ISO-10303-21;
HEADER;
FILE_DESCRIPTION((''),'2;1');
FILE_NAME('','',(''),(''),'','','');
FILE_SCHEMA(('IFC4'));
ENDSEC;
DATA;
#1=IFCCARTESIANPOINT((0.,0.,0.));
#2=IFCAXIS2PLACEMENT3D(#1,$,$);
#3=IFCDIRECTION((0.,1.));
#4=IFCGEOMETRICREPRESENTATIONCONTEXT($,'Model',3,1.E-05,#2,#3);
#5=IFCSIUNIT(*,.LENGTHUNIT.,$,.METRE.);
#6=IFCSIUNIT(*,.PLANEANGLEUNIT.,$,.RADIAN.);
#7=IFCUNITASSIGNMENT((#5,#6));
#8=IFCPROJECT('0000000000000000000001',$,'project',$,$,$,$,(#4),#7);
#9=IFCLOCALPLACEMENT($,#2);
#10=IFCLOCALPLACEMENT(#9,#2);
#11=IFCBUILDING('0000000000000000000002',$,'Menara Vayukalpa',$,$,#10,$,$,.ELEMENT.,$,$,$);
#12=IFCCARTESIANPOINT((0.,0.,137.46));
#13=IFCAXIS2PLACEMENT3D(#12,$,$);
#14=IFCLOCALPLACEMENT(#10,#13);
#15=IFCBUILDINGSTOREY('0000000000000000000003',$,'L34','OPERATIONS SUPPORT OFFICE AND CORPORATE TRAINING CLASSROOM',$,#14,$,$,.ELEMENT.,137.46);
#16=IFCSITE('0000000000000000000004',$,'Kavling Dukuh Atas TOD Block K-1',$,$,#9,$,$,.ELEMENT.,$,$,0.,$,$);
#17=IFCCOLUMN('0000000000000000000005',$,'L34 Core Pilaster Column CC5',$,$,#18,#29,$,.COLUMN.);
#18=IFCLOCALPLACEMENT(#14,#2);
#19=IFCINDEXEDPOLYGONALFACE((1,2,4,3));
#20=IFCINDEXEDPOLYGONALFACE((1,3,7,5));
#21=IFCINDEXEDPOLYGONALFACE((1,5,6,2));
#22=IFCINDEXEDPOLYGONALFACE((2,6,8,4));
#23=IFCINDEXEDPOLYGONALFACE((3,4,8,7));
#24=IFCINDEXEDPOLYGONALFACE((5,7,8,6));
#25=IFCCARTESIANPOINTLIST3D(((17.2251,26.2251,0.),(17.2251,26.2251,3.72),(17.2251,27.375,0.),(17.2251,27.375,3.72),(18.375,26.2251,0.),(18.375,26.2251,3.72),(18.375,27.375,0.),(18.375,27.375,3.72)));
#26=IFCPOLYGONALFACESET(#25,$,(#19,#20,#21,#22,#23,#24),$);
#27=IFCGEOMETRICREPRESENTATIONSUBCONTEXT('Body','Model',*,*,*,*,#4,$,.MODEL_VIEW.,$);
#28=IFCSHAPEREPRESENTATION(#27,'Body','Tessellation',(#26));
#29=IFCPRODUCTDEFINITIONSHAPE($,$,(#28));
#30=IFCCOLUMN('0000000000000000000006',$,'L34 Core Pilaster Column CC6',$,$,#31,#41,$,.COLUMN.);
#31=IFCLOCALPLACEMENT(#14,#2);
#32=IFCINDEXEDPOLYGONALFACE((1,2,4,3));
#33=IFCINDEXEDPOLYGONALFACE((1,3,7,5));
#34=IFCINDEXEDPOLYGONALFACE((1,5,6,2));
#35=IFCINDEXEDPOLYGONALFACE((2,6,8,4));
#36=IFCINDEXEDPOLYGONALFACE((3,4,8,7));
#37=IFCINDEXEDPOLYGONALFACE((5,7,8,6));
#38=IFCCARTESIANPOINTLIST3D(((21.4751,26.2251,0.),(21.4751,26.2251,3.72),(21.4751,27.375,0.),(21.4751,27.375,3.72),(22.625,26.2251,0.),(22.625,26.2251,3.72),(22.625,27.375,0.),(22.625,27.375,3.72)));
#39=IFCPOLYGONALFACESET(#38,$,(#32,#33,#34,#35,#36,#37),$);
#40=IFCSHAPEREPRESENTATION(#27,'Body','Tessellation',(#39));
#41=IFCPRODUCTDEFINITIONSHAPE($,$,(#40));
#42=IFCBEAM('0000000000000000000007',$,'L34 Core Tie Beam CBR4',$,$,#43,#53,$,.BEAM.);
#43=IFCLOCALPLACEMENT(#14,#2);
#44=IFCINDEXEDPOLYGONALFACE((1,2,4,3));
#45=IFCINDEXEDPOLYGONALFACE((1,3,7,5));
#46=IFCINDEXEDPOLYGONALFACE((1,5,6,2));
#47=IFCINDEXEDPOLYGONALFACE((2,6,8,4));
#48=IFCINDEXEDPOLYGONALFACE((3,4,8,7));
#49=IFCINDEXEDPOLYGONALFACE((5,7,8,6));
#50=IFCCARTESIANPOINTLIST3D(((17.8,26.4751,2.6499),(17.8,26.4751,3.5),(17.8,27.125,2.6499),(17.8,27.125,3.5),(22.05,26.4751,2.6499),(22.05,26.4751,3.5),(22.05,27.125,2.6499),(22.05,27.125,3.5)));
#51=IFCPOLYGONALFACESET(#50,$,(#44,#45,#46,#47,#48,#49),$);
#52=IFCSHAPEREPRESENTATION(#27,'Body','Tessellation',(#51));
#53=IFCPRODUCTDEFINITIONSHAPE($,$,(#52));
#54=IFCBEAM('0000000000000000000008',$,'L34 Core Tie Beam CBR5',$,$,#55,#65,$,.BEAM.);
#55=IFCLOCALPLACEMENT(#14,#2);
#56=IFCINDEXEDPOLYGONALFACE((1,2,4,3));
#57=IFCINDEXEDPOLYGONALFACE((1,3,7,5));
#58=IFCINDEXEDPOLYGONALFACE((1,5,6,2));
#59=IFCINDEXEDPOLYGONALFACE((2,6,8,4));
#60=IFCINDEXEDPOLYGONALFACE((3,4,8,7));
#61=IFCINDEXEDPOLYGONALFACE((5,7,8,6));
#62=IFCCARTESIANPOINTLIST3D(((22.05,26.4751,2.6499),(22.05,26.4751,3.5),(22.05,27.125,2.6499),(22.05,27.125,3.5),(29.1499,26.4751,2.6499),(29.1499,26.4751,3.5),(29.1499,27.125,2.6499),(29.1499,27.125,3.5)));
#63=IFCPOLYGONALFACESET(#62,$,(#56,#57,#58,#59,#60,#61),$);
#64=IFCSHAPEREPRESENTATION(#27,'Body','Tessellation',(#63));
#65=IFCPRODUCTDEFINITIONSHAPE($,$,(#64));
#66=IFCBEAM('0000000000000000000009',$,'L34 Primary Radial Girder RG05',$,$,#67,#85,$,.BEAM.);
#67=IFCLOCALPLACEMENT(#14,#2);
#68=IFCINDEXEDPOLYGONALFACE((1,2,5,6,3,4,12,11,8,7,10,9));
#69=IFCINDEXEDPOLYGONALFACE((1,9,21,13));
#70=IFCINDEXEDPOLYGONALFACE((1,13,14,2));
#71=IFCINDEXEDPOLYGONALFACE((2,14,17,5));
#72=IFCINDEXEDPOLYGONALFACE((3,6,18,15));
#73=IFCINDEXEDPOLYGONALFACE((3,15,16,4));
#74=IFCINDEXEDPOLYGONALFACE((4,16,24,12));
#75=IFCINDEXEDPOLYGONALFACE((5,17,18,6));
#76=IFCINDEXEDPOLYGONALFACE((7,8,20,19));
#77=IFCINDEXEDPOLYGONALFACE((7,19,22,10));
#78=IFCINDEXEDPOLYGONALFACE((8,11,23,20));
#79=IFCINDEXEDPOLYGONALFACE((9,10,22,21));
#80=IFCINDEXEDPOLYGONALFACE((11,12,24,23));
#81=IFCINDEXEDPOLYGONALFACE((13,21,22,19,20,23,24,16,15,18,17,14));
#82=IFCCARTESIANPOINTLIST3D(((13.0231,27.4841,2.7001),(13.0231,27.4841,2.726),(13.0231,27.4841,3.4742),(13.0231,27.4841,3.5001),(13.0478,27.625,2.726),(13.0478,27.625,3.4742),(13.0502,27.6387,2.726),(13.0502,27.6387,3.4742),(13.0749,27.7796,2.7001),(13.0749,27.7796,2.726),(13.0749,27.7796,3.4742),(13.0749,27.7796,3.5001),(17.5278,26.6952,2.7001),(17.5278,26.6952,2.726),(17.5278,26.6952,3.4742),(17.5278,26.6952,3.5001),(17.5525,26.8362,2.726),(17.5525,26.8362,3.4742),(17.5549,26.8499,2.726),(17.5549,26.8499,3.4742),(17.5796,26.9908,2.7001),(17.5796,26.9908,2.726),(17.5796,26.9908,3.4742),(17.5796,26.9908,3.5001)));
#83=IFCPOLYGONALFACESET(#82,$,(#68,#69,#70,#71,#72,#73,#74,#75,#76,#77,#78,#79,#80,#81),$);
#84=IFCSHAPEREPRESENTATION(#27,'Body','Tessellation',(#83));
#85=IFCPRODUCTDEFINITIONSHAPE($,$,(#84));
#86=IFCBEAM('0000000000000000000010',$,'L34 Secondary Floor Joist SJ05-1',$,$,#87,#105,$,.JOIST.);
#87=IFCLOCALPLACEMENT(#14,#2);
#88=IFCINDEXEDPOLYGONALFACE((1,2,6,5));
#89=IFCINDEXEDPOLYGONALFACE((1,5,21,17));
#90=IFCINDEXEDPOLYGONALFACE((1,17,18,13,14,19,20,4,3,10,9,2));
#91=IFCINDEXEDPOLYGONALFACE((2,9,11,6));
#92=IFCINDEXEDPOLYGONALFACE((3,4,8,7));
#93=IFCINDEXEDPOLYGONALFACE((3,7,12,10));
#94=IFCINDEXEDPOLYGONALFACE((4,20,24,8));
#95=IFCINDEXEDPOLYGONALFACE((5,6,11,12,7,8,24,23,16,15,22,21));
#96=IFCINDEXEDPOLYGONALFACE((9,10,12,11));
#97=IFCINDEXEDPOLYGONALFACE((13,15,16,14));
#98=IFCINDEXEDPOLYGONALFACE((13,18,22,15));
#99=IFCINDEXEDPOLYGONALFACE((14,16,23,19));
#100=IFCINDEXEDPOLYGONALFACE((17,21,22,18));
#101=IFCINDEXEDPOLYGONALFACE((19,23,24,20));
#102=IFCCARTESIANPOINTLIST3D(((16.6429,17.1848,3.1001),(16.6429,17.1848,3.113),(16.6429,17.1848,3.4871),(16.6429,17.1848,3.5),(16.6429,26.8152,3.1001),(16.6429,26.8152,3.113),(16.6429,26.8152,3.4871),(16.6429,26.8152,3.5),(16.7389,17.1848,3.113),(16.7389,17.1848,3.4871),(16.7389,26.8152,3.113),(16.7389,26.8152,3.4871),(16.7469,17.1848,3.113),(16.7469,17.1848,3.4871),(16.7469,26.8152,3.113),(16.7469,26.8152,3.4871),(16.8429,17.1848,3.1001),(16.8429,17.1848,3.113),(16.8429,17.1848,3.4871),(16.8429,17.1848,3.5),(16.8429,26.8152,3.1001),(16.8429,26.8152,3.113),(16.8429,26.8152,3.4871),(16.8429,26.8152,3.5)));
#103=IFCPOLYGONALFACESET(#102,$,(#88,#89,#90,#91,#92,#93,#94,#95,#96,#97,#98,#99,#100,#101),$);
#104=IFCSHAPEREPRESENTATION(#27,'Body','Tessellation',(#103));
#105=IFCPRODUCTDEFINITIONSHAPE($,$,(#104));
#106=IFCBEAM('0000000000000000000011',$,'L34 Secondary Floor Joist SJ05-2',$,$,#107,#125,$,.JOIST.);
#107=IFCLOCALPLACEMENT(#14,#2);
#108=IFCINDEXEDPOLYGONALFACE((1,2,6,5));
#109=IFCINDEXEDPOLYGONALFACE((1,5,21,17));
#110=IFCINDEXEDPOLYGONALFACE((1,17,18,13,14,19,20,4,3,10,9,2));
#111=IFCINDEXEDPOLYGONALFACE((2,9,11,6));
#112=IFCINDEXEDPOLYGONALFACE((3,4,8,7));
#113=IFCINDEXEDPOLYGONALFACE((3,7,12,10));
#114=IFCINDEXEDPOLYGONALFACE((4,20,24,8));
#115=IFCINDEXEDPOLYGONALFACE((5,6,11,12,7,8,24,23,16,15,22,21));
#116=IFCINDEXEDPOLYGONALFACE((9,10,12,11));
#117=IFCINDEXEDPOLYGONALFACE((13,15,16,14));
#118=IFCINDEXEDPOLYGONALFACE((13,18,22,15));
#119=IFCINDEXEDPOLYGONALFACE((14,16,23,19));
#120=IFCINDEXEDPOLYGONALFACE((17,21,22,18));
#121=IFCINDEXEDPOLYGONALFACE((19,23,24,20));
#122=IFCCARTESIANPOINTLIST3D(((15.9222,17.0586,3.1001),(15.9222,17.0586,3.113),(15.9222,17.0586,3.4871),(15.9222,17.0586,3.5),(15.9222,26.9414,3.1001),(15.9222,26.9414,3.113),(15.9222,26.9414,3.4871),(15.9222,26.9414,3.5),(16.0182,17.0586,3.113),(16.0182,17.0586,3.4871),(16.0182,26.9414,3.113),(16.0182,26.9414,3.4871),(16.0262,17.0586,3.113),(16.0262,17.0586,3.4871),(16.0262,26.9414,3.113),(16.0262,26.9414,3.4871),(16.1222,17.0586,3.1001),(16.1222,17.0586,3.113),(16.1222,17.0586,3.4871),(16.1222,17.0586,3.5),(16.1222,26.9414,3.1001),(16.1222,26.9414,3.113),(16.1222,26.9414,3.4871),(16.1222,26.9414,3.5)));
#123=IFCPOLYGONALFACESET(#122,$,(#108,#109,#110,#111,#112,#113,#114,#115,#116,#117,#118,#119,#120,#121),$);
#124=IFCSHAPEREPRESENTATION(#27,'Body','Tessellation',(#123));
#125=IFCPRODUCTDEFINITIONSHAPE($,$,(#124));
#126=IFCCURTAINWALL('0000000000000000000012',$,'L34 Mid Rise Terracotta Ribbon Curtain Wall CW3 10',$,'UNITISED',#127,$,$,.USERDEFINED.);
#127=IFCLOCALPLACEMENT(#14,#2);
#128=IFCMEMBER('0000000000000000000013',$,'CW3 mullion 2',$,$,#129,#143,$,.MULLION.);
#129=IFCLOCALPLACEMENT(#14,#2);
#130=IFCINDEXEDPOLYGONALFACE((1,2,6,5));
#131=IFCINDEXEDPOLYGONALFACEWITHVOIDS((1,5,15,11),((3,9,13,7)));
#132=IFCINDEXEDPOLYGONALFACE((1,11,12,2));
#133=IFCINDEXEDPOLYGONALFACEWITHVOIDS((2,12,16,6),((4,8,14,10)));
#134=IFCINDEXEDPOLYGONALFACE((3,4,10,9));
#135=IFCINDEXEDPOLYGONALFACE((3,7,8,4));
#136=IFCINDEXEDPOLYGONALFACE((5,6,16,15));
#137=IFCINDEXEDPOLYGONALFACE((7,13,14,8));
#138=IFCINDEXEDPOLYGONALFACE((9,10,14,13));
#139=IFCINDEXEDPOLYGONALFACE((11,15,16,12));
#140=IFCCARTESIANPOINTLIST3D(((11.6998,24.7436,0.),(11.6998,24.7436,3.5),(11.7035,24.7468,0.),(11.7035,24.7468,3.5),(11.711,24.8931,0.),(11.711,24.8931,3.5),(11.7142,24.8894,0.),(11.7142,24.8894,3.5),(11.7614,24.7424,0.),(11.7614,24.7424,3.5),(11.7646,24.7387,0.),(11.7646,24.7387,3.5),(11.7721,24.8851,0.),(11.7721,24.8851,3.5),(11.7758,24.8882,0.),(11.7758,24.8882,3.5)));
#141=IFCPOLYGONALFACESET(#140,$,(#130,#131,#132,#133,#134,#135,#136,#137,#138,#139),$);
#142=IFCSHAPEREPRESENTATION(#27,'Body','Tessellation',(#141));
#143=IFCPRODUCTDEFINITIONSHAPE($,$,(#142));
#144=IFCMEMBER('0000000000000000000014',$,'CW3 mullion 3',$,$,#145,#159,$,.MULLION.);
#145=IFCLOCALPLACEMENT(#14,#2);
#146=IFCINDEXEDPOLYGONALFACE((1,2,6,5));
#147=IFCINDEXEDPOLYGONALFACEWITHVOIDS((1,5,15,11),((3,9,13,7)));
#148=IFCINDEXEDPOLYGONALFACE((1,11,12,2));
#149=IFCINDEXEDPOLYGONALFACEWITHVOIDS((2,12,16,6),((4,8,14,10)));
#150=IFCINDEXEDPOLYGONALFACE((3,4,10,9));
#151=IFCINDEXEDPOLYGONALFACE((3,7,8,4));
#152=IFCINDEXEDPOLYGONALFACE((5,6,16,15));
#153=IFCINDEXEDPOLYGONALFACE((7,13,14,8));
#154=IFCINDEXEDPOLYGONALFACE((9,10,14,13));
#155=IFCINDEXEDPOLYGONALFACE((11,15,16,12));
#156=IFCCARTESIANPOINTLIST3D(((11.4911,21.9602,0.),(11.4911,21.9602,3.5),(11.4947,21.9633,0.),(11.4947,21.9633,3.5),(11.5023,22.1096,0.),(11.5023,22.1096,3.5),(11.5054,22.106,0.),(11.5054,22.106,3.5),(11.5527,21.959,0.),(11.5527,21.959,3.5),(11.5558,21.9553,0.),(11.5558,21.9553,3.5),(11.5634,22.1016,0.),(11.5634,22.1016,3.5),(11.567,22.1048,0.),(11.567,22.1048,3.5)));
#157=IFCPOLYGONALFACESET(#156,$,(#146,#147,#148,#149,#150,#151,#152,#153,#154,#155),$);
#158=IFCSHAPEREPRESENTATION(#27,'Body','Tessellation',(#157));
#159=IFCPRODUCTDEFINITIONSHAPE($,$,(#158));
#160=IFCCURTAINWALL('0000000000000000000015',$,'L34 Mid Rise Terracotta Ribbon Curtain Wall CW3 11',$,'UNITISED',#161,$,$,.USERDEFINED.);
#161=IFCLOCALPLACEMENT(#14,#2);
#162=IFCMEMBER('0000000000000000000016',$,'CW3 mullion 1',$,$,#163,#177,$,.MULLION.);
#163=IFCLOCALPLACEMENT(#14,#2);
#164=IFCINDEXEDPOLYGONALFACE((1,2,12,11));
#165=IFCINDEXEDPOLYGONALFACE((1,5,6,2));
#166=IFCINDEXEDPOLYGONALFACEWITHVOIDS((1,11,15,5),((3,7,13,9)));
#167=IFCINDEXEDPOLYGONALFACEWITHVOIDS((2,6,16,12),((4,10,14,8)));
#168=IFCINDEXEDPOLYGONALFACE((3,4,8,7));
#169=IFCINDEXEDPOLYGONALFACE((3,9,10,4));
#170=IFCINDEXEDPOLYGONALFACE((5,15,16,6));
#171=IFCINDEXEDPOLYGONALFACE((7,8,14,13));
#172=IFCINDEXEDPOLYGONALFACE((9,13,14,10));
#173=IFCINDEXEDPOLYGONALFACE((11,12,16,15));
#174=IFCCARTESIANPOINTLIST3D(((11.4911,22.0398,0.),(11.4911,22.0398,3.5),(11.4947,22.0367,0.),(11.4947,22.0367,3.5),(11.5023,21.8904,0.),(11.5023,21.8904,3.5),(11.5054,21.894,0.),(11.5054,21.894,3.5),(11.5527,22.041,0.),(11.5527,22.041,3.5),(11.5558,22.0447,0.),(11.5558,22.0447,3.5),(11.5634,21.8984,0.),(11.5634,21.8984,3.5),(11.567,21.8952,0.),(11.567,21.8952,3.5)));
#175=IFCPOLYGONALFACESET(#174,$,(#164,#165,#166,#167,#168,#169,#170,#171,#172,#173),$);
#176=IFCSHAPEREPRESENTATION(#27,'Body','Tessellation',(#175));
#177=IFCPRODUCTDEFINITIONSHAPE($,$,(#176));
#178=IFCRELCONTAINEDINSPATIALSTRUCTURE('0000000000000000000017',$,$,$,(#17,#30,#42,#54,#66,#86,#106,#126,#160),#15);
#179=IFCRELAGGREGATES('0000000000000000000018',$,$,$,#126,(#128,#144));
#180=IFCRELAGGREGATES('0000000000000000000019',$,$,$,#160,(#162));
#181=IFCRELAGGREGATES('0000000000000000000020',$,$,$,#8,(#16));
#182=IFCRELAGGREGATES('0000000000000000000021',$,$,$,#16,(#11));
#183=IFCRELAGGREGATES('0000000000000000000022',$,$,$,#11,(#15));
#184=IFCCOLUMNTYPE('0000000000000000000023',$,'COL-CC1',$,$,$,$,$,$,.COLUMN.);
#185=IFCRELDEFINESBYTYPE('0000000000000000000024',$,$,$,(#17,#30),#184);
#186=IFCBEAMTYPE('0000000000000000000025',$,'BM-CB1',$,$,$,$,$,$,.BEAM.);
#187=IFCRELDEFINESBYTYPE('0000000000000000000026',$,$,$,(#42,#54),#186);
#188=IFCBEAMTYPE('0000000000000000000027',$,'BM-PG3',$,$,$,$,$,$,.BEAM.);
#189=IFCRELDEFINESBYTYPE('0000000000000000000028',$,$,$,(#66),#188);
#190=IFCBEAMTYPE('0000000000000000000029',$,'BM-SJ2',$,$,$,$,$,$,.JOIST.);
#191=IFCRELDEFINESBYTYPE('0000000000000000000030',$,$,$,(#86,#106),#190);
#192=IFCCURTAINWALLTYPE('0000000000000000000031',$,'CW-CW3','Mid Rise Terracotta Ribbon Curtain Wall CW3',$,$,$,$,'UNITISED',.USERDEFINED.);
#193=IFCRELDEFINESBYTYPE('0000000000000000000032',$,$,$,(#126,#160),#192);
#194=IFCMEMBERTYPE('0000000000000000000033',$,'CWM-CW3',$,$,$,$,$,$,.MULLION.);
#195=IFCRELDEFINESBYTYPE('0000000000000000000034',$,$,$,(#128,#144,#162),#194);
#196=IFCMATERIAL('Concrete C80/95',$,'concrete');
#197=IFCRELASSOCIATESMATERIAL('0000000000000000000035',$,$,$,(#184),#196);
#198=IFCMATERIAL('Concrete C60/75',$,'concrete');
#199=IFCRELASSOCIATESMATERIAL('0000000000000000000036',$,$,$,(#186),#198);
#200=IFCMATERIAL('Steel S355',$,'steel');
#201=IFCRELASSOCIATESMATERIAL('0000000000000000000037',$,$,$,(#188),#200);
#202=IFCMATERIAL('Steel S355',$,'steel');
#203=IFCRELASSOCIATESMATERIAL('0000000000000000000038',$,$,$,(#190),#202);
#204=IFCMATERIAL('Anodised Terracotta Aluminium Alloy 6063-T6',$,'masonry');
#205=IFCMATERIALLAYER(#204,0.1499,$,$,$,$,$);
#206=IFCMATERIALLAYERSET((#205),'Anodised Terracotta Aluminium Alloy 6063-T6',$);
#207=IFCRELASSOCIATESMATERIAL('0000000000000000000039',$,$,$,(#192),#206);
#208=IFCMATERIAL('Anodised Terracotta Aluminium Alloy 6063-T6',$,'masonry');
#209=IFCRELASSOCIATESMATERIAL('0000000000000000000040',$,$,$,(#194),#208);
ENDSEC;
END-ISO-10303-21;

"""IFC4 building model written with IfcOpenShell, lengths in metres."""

from ifc_helpers import new_model, si_unit, direction, frame, origin, origin_2d, place, context, subcontext, project, spatial, rectangle, hollow_rectangle, i_section, extrude, material, layer, layer_set, material_profile, profile_set, type_object, element, aggregate, save


model = new_model("IFC4")

# Units and contexts
model_context = context("Model", 3, precision=1e-05, world=origin(), true_north=direction((0.0, 1.0)))
body_context = subcontext(model_context, "Body", "Model", "MODEL_VIEW")
ifc_project = project(units=[si_unit("LENGTHUNIT", "METRE"), si_unit("PLANEANGLEUNIT", "RADIAN")], contexts=[model_context])

# Site, building, storey
site_placement = place(None, origin())
site = spatial("IfcSite", under=ifc_project, at=site_placement, Name="Kavling Dukuh Atas TOD Block K-1", CompositionType="ELEMENT", RefElevation=0.0)
building_placement = place(site_placement, origin())
building = spatial("IfcBuilding", under=site, at=building_placement, Name="Menara Vayukalpa", CompositionType="ELEMENT")
storey_placement = place(building_placement, frame((0.0, 0.0, 137.46)))
storey = spatial("IfcBuildingStorey", under=building, at=storey_placement, Name="L34", Description="OPERATIONS SUPPORT OFFICE AND CORPORATE TRAINING CLASSROOM", CompositionType="ELEMENT", Elevation=137.46)

# Columns
ifc_material_1 = material(Name="Concrete C80/95", Category="concrete")
ifc_material_profile_1 = material_profile(ifc_material_1, rectangle(XDim=1.1499, YDim=1.1499, at=origin_2d()), Name="RC 1150x1150")
ifc_profile_set_1 = profile_set([ifc_material_profile_1], Name="Concrete C80/95")
column_type = type_object("IfcColumnType", Name="COL-CC1", PredefinedType="COLUMN", material=ifc_profile_set_1)
for number, where, z_axis, x_axis, name in (
    (1, (17.8, 26.8, 0.0), (0.0, 0.0, 1.0), (1.0, 0.0, 0.0), "L34 Core Pilaster Column CC5"),
    (2, (22.05, 26.8, 0.0), (0.0, 0.0, 1.0), (1.0, 0.0, 0.0), "L34 Core Pilaster Column CC6"),
):
    element("IfcColumn", number, at=place(storey_placement, frame(where, z_axis=z_axis, x_axis=x_axis)), inside=storey, type_object=column_type, Name=name, PredefinedType="COLUMN", context=body_context, shape_type="SweptSolid", body=[
        extrude(rectangle(XDim=1.1499, YDim=1.1499, at=origin_2d()), origin(), (0.0, 0.0, 1.0), 3.72),
    ])

# Beams
ifc_material_2 = material(Name="Concrete C60/75", Category="concrete")
ifc_material_profile_2 = material_profile(ifc_material_2, rectangle(XDim=0.6499, YDim=0.8501, at=origin_2d()), Name="RC 650x850")
ifc_profile_set_2 = profile_set([ifc_material_profile_2], Name="Concrete C60/75")
beam_type_1 = type_object("IfcBeamType", Name="BM-CB1", PredefinedType="BEAM", material=ifc_profile_set_2)
beam_1_placement = place(storey_placement, frame((17.8, 26.8, 3.075), z_axis=(1.0, 0.0, 0.0), x_axis=(0.0, 1.0, 0.0)))
element("IfcBeam", 3, at=beam_1_placement, inside=storey, type_object=beam_type_1, Name="L34 Core Tie Beam CBR4", PredefinedType="BEAM", context=body_context, shape_type="SweptSolid", body=[
    extrude(rectangle(XDim=0.6499, YDim=0.8501, at=origin_2d()), origin(), (0.0, 0.0, 1.0), 4.25),
])
beam_2_placement = place(storey_placement, frame((22.05, 26.8, 3.075), z_axis=(1.0, 0.0, 0.0), x_axis=(0.0, 1.0, 0.0)))
element("IfcBeam", 4, at=beam_2_placement, inside=storey, type_object=beam_type_1, Name="L34 Core Tie Beam CBR5", PredefinedType="BEAM", context=body_context, shape_type="SweptSolid", body=[
    extrude(rectangle(XDim=0.6499, YDim=0.8501, at=origin_2d()), origin(), (0.0, 0.0, 1.0), 7.0999),
])
ifc_material_3 = material(Name="Steel S355", Category="steel")
ifc_material_profile_3 = material_profile(ifc_material_3, i_section(OverallWidth=0.3, OverallDepth=0.8, WebThickness=0.0139, FlangeThickness=0.0259, at=origin_2d()), Name="WF 800x300x14x26")
ifc_profile_set_3 = profile_set([ifc_material_profile_3], Name="Steel S355")
beam_type_2 = type_object("IfcBeamType", Name="BM-PG3", PredefinedType="BEAM", material=ifc_profile_set_3)
beam_3_placement = place(storey_placement, frame((17.5537, 26.843, 3.1001), z_axis=(-0.985012, 0.172488, 0.0), x_axis=(-0.172488, -0.985012, 0.0)))
element("IfcBeam", 5, at=beam_3_placement, inside=storey, type_object=beam_type_2, Name="L34 Primary Radial Girder RG05", PredefinedType="BEAM", context=body_context, shape_type="SweptSolid", body=[
    extrude(i_section(OverallWidth=0.3, OverallDepth=0.8, WebThickness=0.0139, FlangeThickness=0.0259, at=origin_2d()), origin(), (0.0, 0.0, 1.0), 4.5732),
])
ifc_material_4 = material(Name="Steel S355", Category="steel")
ifc_material_profile_4 = material_profile(ifc_material_4, i_section(OverallWidth=0.2, OverallDepth=0.3999, WebThickness=0.0081, FlangeThickness=0.0129, at=origin_2d()), Name="WF 400x200x8x13")
ifc_profile_set_4 = profile_set([ifc_material_profile_4], Name="Steel S355")
beam_type_3 = type_object("IfcBeamType", Name="BM-SJ2", PredefinedType="JOIST", material=ifc_profile_set_4)
beam_4_placement = place(storey_placement, frame((16.7429, 26.8152, 3.3), z_axis=(0.0, -1.0, 0.0), x_axis=(1.0, 0.0, 0.0)))
element("IfcBeam", 6, at=beam_4_placement, inside=storey, type_object=beam_type_3, Name="L34 Secondary Floor Joist SJ05-1", PredefinedType="JOIST", context=body_context, shape_type="SweptSolid", body=[
    extrude(i_section(OverallWidth=0.2, OverallDepth=0.3999, WebThickness=0.0081, FlangeThickness=0.0129, at=origin_2d()), origin(), (0.0, 0.0, 1.0), 9.6304),
])
beam_5_placement = place(storey_placement, frame((16.0222, 26.9414, 3.3), z_axis=(0.0, -1.0, 0.0), x_axis=(1.0, 0.0, 0.0)))
element("IfcBeam", 7, at=beam_5_placement, inside=storey, type_object=beam_type_3, Name="L34 Secondary Floor Joist SJ05-2", PredefinedType="JOIST", context=body_context, shape_type="SweptSolid", body=[
    extrude(i_section(OverallWidth=0.2, OverallDepth=0.3999, WebThickness=0.0081, FlangeThickness=0.0129, at=origin_2d()), origin(), (0.0, 0.0, 1.0), 9.8828),
])

# Curtain wall, members
ifc_material_5 = material(Name="Anodised Terracotta Aluminium Alloy 6063-T6", Category="masonry")
ifc_layer_1 = layer(ifc_material_5, 0.1499)
ifc_layer_set_1 = layer_set([ifc_layer_1], Name="Anodised Terracotta Aluminium Alloy 6063-T6")
curtain_wall_type = type_object("IfcCurtainWallType", Name="CW-CW3", Description="Mid Rise Terracotta Ribbon Curtain Wall CW3", ElementType="UNITISED", PredefinedType="USERDEFINED", material=ifc_layer_set_1)
curtain_wall_1_placement = place(storey_placement, origin())
curtain_wall_1 = element("IfcCurtainWall", 8, at=curtain_wall_1_placement, inside=storey, type_object=curtain_wall_type, Name="L34 Mid Rise Terracotta Ribbon Curtain Wall CW3 10", ObjectType="UNITISED", PredefinedType="USERDEFINED")
ifc_material_6 = material(Name="Anodised Terracotta Aluminium Alloy 6063-T6", Category="masonry")
ifc_material_profile_5 = material_profile(ifc_material_6, hollow_rectangle(XDim=0.0649, YDim=0.1499, WallThickness=0.0034, at=origin_2d()), Name="ALU 65x150x3.5")
ifc_profile_set_5 = profile_set([ifc_material_profile_5], Name="Anodised Terracotta Aluminium Alloy 6063-T6")
member_type_1 = type_object("IfcMemberType", Name="CWM-CW3", PredefinedType="MULLION", material=ifc_profile_set_5)
member_1_placement = place(storey_placement, frame((11.7378, 24.8159, 0.0), z_axis=(0.0, 0.0, 1.0), x_axis=(0.997199, -0.074793, 0.0)))
member_1 = element("IfcMember", 9, at=member_1_placement, type_object=member_type_1, Name="CW3 mullion 2", PredefinedType="MULLION", context=body_context, shape_type="SweptSolid", body=[
    extrude(hollow_rectangle(XDim=0.0649, YDim=0.1499, WallThickness=0.0034, at=origin_2d()), origin(), (0.0, 0.0, 1.0), 3.5),
])
member_2_placement = place(storey_placement, frame((11.5291, 22.0325, 0.0), z_axis=(0.0, 0.0, 1.0), x_axis=(0.997199, -0.074793, 0.0)))
member_2 = element("IfcMember", 10, at=member_2_placement, type_object=member_type_1, Name="CW3 mullion 3", PredefinedType="MULLION", context=body_context, shape_type="SweptSolid", body=[
    extrude(hollow_rectangle(XDim=0.0649, YDim=0.1499, WallThickness=0.0034, at=origin_2d()), origin(), (0.0, 0.0, 1.0), 3.5),
])

# Curtain wall, member
curtain_wall_2_placement = place(storey_placement, origin())
curtain_wall_2 = element("IfcCurtainWall", 11, at=curtain_wall_2_placement, inside=storey, type_object=curtain_wall_type, Name="L34 Mid Rise Terracotta Ribbon Curtain Wall CW3 11", ObjectType="UNITISED", PredefinedType="USERDEFINED")
member_3_placement = place(storey_placement, frame((11.5291, 21.9675, 0.0), z_axis=(0.0, 0.0, 1.0), x_axis=(0.997199, 0.074793, 0.0)))
member_3 = element("IfcMember", 12, at=member_3_placement, type_object=member_type_1, Name="CW3 mullion 1", PredefinedType="MULLION", context=body_context, shape_type="SweptSolid", body=[
    extrude(hollow_rectangle(XDim=0.0649, YDim=0.1499, WallThickness=0.0034, at=origin_2d()), origin(), (0.0, 0.0, 1.0), 3.5),
])

aggregate(curtain_wall_1, [member_1, member_2])
aggregate(curtain_wall_2, [member_3])

save(model, "model.ifc")
